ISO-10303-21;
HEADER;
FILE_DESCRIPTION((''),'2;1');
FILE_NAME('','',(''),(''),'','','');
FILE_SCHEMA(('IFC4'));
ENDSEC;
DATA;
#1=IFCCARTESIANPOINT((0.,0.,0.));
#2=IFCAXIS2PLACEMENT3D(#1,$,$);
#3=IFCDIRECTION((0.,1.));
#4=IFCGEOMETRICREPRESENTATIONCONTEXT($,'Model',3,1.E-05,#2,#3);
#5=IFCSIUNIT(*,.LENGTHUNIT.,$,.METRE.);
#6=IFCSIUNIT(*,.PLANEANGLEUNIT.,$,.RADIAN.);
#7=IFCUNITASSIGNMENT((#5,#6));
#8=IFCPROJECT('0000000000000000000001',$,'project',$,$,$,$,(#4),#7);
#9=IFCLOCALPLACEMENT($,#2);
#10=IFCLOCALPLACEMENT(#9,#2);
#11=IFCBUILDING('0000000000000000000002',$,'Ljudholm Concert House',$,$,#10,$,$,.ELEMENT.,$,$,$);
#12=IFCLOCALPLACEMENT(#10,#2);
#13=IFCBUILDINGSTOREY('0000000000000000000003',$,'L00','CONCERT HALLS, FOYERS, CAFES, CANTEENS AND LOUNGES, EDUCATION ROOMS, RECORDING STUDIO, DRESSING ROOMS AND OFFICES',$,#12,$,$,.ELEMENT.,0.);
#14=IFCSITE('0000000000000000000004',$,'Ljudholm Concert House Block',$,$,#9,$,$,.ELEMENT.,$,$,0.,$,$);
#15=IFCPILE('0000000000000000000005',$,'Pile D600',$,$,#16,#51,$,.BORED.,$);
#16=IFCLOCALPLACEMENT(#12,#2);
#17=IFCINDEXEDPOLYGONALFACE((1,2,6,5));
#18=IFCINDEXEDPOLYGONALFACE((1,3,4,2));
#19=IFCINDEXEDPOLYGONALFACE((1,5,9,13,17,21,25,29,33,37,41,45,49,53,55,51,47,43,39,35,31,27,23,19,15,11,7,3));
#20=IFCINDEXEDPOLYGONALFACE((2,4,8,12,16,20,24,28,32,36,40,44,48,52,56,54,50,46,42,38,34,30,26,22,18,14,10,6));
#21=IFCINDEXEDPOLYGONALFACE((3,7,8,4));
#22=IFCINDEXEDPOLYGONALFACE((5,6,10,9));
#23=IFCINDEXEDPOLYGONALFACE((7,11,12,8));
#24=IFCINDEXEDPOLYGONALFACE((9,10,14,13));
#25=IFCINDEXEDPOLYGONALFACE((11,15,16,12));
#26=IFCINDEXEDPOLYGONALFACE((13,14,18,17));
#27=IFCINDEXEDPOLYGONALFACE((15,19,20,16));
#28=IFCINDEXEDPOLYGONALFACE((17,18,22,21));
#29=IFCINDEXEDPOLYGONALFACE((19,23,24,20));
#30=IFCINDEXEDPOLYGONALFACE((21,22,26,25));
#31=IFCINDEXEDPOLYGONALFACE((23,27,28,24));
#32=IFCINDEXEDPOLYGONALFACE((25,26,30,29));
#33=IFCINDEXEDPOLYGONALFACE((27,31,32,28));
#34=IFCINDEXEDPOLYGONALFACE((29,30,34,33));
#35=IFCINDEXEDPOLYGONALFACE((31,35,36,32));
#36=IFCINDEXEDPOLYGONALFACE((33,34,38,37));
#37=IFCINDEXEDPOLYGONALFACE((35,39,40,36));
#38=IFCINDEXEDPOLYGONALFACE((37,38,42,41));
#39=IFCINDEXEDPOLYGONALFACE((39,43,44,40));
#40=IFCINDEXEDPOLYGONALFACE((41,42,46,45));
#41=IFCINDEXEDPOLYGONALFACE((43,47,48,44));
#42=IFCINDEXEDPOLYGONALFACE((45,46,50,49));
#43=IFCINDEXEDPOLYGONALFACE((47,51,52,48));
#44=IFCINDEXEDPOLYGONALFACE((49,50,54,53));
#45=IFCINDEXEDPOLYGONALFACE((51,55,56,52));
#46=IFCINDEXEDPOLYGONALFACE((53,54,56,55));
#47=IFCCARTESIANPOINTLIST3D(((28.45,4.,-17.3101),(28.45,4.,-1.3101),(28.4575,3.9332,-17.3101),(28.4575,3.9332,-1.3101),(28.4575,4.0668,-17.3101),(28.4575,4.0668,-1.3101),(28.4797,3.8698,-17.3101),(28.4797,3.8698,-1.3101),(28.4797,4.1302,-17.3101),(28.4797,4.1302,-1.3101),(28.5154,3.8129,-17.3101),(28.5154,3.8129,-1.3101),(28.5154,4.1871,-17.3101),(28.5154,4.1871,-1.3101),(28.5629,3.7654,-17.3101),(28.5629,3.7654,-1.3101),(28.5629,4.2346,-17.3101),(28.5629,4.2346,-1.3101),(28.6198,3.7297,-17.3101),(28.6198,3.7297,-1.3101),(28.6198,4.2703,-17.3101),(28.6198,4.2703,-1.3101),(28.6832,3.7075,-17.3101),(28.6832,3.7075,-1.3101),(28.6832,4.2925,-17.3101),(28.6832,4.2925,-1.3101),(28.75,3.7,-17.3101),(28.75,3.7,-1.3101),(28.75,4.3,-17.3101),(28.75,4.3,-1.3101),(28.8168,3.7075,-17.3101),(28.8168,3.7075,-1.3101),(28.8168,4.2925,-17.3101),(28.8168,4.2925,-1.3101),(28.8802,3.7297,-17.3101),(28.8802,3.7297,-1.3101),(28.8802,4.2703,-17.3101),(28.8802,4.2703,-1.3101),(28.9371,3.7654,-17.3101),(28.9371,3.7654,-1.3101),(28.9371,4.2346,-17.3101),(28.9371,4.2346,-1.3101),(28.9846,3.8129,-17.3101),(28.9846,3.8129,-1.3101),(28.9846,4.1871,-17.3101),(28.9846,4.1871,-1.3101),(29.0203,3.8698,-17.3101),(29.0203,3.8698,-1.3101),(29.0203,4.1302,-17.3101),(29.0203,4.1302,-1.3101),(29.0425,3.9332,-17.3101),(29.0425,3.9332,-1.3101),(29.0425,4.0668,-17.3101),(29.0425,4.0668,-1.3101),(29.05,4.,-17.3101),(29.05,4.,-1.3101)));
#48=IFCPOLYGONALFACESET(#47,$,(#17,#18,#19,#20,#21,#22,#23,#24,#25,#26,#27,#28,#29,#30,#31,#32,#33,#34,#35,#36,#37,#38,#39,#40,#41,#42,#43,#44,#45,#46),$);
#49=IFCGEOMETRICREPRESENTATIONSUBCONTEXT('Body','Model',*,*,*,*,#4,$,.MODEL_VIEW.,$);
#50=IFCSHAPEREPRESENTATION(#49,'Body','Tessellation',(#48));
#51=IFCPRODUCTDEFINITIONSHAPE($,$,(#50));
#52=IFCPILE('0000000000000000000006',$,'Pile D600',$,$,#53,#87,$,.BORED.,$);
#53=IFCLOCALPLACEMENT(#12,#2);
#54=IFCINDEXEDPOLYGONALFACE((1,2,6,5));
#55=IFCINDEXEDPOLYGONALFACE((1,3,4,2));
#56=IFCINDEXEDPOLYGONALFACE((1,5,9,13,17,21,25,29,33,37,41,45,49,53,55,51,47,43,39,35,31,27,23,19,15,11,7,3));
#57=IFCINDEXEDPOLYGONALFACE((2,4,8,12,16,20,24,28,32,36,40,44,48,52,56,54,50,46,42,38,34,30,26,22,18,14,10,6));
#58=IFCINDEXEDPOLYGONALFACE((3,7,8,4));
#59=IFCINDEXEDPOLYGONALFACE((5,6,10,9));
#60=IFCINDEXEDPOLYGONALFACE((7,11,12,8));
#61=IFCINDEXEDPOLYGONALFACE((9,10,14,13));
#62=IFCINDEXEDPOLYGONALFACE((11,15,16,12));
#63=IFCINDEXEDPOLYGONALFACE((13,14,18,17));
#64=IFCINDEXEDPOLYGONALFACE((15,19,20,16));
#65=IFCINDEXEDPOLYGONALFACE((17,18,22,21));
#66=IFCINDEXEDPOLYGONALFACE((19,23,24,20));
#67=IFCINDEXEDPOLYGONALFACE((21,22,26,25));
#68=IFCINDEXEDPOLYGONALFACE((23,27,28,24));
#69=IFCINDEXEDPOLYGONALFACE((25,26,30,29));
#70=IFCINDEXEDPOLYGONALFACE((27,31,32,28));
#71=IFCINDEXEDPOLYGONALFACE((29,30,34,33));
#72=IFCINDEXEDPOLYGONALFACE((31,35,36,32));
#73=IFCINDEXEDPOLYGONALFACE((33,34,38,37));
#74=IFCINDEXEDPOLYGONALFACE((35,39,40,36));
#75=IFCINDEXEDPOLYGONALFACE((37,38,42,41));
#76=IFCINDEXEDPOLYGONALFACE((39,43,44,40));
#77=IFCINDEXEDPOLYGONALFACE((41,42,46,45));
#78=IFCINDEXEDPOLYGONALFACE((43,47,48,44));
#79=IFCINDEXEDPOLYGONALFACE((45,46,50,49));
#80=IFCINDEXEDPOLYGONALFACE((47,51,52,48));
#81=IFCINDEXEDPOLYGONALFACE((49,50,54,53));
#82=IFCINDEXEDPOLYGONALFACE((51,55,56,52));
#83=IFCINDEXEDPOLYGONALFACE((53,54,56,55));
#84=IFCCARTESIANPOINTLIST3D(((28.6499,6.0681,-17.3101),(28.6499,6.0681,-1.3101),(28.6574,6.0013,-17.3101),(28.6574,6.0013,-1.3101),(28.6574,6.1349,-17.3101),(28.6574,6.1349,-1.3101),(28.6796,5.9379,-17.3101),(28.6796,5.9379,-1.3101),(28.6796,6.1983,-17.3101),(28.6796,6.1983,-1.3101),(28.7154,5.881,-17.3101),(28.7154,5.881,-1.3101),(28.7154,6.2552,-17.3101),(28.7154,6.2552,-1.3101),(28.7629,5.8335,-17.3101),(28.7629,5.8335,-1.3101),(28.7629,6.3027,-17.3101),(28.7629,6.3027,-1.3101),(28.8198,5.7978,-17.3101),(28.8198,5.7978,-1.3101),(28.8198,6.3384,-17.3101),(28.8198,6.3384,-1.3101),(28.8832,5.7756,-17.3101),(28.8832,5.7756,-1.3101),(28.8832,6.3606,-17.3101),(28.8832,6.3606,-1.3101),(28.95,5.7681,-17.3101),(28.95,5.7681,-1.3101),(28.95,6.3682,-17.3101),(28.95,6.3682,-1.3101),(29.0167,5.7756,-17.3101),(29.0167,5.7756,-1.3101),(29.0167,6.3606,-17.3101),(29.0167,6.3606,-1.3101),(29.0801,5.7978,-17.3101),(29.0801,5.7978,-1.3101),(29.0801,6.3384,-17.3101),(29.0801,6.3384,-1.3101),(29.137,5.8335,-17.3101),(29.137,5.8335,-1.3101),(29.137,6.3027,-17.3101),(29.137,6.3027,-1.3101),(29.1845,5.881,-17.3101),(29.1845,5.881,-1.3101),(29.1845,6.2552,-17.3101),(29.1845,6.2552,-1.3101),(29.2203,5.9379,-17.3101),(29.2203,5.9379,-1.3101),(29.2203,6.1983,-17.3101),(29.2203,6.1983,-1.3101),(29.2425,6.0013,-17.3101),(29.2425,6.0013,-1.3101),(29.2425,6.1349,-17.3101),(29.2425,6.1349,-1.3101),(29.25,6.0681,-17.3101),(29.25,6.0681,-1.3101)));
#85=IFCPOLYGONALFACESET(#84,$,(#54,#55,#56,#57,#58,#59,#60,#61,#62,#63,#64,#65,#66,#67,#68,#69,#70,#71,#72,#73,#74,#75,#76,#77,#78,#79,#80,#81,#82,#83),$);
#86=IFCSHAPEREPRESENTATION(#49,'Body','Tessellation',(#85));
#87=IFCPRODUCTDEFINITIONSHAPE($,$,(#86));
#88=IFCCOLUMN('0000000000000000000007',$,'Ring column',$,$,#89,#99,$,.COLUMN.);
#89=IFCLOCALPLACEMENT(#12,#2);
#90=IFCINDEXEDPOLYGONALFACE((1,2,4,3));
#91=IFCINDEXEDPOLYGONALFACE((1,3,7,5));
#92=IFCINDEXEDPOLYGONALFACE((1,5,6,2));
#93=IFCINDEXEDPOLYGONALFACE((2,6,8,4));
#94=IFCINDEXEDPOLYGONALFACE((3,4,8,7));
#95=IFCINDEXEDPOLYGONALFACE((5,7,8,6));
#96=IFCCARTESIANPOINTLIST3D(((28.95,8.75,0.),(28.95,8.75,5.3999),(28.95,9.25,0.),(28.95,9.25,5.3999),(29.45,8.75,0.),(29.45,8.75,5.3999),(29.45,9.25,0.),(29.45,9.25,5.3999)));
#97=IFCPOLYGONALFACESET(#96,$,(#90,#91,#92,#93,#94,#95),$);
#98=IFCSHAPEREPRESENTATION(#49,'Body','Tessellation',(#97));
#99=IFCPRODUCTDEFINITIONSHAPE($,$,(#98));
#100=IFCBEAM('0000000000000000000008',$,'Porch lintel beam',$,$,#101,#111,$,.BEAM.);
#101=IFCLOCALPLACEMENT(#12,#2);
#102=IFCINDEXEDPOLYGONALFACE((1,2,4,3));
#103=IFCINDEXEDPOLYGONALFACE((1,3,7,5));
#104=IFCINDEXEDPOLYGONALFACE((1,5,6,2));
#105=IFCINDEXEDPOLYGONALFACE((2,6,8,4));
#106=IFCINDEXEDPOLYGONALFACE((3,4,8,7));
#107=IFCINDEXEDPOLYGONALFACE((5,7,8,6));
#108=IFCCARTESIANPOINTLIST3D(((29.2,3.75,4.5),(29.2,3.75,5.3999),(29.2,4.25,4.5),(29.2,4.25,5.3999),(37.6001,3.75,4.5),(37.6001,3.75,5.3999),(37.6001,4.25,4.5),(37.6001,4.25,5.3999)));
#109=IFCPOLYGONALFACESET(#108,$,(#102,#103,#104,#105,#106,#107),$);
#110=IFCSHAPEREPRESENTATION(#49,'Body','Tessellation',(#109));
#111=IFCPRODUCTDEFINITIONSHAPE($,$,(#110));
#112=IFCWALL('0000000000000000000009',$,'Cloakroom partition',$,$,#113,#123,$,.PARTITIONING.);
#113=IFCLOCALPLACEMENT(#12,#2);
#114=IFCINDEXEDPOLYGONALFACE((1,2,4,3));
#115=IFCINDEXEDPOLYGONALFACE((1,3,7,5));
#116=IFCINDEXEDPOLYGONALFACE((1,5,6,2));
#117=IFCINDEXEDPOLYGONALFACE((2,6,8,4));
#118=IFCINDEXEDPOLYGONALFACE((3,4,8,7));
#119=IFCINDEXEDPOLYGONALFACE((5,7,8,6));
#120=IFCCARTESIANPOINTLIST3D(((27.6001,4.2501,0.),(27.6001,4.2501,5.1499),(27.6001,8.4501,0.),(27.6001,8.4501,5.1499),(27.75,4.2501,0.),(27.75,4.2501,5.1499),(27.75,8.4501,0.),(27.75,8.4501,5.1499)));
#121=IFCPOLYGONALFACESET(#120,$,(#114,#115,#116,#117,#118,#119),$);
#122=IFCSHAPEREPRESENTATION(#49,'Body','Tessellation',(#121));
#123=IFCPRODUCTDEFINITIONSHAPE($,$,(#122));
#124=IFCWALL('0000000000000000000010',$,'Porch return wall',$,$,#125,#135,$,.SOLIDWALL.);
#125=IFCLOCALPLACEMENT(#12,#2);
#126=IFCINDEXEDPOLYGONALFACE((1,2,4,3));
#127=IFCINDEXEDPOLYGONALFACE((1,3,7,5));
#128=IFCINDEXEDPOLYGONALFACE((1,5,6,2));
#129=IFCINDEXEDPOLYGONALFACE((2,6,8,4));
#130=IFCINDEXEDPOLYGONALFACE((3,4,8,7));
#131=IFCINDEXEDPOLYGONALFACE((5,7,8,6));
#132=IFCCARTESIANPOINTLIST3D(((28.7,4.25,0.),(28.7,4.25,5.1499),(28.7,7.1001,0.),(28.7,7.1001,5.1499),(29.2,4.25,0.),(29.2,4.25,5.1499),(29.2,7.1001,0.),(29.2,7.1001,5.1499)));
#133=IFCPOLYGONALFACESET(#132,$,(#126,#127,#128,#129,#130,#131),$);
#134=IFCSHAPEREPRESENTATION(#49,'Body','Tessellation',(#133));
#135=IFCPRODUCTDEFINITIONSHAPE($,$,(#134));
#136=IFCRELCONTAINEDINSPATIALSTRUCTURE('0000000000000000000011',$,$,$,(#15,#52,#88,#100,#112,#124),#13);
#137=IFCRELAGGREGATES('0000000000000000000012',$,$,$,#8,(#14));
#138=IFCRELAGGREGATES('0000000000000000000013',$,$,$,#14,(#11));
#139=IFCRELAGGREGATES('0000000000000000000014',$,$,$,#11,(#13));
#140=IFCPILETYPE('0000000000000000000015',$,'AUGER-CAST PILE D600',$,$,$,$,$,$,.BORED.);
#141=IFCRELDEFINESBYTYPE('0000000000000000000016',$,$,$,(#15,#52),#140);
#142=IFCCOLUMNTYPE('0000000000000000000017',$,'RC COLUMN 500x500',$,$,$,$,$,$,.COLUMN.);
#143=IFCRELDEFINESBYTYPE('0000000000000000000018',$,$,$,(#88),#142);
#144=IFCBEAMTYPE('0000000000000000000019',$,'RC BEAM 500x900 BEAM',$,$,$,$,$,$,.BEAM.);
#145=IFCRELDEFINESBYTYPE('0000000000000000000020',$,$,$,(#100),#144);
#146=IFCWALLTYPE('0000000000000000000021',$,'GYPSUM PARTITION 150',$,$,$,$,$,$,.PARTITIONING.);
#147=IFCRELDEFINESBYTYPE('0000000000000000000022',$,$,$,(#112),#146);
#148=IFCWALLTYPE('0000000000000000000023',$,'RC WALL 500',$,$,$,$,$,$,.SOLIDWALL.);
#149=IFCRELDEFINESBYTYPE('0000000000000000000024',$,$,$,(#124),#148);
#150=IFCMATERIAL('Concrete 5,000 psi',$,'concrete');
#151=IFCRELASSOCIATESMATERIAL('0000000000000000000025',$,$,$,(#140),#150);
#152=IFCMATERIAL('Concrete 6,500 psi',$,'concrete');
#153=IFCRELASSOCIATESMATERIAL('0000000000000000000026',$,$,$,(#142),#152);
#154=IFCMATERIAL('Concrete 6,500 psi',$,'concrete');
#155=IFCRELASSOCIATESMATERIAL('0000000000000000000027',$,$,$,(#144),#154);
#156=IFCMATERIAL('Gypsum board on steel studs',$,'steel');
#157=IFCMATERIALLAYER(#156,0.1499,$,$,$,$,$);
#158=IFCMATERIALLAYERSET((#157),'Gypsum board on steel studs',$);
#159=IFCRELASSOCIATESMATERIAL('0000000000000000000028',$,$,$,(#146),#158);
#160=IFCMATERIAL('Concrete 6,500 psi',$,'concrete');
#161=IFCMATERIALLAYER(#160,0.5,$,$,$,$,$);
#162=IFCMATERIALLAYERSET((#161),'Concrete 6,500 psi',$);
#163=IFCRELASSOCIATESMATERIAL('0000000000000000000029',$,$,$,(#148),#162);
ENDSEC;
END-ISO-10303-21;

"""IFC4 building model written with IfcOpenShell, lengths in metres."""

from ifc_helpers import new_model, si_unit, direction, frame, frame_2d, origin, origin_2d, place, context, subcontext, project, spatial, rectangle, circle, extrude, material, layer, layer_set, material_profile, profile_set, type_object, element, save


model = new_model("IFC4")

# Units and contexts
model_context = context("Model", 3, precision=1e-05, world=origin(), true_north=direction((0.0, 1.0)))
body_context = subcontext(model_context, "Body", "Model", "MODEL_VIEW")
ifc_project = project(units=[si_unit("LENGTHUNIT", "METRE"), si_unit("PLANEANGLEUNIT", "RADIAN")], contexts=[model_context])

# Site, building, storey
site_placement = place(None, origin())
site = spatial("IfcSite", under=ifc_project, at=site_placement, Name="Ljudholm Concert House Block", CompositionType="ELEMENT", RefElevation=0.0)
building_placement = place(site_placement, origin())
building = spatial("IfcBuilding", under=site, at=building_placement, Name="Ljudholm Concert House", CompositionType="ELEMENT")
storey_placement = place(building_placement, origin())
storey = spatial("IfcBuildingStorey", under=building, at=storey_placement, Name="L00", Description="CONCERT HALLS, FOYERS, CAFES, CANTEENS AND LOUNGES, EDUCATION ROOMS, RECORDING STUDIO, DRESSING ROOMS AND OFFICES", CompositionType="ELEMENT", Elevation=0.0)

# Piles
ifc_material_1 = material(Name="Concrete 5,000 psi", Category="concrete")
ifc_material_profile_1 = material_profile(ifc_material_1, circle(Radius=0.3, at=origin_2d()), Name="AUGER-CAST PILE D600")
ifc_profile_set_1 = profile_set([ifc_material_profile_1], Name="Concrete 5,000 psi")
pile_type = type_object("IfcPileType", Name="AUGER-CAST PILE D600", PredefinedType="BORED", material=ifc_profile_set_1)
for number, where, z_axis, x_axis, name in (
    (1, (28.75, 4.0, -1.3101), (0.0, 0.0, -1.0), (1.0, 0.0, 0.0), "Pile D600"),
    (2, (28.95, 6.0681, -1.3101), (0.0, 0.0, -1.0), (1.0, 0.0, 0.0), "Pile D600"),
):
    element("IfcPile", number, at=place(storey_placement, frame(where, z_axis=z_axis, x_axis=x_axis)), inside=storey, type_object=pile_type, Name=name, PredefinedType="BORED", context=body_context, shape_type="SweptSolid", body=[
        extrude(circle(Radius=0.3, at=origin_2d()), origin(), (0.0, 0.0, 1.0), 16.0),
    ])

# Column
ifc_material_2 = material(Name="Concrete 6,500 psi", Category="concrete")
ifc_material_profile_2 = material_profile(ifc_material_2, rectangle(XDim=0.5, YDim=0.5, at=origin_2d()), Name="RC COLUMN 500x500")
ifc_profile_set_2 = profile_set([ifc_material_profile_2], Name="Concrete 6,500 psi")
column_type = type_object("IfcColumnType", Name="RC COLUMN 500x500", PredefinedType="COLUMN", material=ifc_profile_set_2)
column_placement = place(storey_placement, frame((29.2, 9.0, 0.0), z_axis=(0.0, 0.0, 1.0), x_axis=(1.0, 0.0, 0.0)))
element("IfcColumn", 3, at=column_placement, inside=storey, type_object=column_type, Name="Ring column", PredefinedType="COLUMN", context=body_context, shape_type="SweptSolid", body=[
    extrude(rectangle(XDim=0.5, YDim=0.5, at=origin_2d()), origin(), (0.0, 0.0, 1.0), 5.3999),
])

# Beam
ifc_material_3 = material(Name="Concrete 6,500 psi", Category="concrete")
ifc_material_profile_3 = material_profile(ifc_material_3, rectangle(XDim=0.5, YDim=0.8999, at=origin_2d()), Name="RC BEAM 500x900 BEAM")
ifc_profile_set_3 = profile_set([ifc_material_profile_3], Name="Concrete 6,500 psi")
beam_type = type_object("IfcBeamType", Name="RC BEAM 500x900 BEAM", PredefinedType="BEAM", material=ifc_profile_set_3)
beam_placement = place(storey_placement, frame((29.2, 4.0, 4.95), z_axis=(1.0, 0.0, 0.0), x_axis=(0.0, 1.0, 0.0)))
element("IfcBeam", 4, at=beam_placement, inside=storey, type_object=beam_type, Name="Porch lintel beam", PredefinedType="BEAM", context=body_context, shape_type="SweptSolid", body=[
    extrude(rectangle(XDim=0.5, YDim=0.8999, at=origin_2d()), origin(), (0.0, 0.0, 1.0), 8.4001),
])

# Walls
ifc_material_4 = material(Name="Gypsum board on steel studs", Category="steel")
ifc_layer_1 = layer(ifc_material_4, 0.1499)
ifc_layer_set_1 = layer_set([ifc_layer_1], Name="Gypsum board on steel studs")
wall_type_1 = type_object("IfcWallType", Name="GYPSUM PARTITION 150", PredefinedType="PARTITIONING", material=ifc_layer_set_1)
wall_1_placement = place(storey_placement, frame((27.675, 4.25, 0.0), z_axis=(0.0, 0.0, 1.0), x_axis=(0.0, 1.0, 0.0)))
element("IfcWall", 5, at=wall_1_placement, inside=storey, type_object=wall_type_1, Name="Cloakroom partition", PredefinedType="PARTITIONING", context=body_context, shape_type="SweptSolid", body=[
    extrude(rectangle(XDim=4.2, YDim=0.1499, at=frame_2d((2.1001, 0.0))), origin(), (0.0, 0.0, 1.0), 5.1499),
])
ifc_material_5 = material(Name="Concrete 6,500 psi", Category="concrete")
ifc_layer_2 = layer(ifc_material_5, 0.5)
ifc_layer_set_2 = layer_set([ifc_layer_2], Name="Concrete 6,500 psi")
wall_type_2 = type_object("IfcWallType", Name="RC WALL 500", PredefinedType="SOLIDWALL", material=ifc_layer_set_2)
wall_2_placement = place(storey_placement, frame((28.95, 4.25, 0.0), z_axis=(0.0, 0.0, 1.0), x_axis=(0.0, 1.0, 0.0)))
element("IfcWall", 6, at=wall_2_placement, inside=storey, type_object=wall_type_2, Name="Porch return wall", PredefinedType="SOLIDWALL", context=body_context, shape_type="SweptSolid", body=[
    extrude(rectangle(XDim=2.8501, YDim=0.5, at=frame_2d((1.425, 0.0))), origin(), (0.0, 0.0, 1.0), 5.1499),
])

save(model, "model.ifc")
